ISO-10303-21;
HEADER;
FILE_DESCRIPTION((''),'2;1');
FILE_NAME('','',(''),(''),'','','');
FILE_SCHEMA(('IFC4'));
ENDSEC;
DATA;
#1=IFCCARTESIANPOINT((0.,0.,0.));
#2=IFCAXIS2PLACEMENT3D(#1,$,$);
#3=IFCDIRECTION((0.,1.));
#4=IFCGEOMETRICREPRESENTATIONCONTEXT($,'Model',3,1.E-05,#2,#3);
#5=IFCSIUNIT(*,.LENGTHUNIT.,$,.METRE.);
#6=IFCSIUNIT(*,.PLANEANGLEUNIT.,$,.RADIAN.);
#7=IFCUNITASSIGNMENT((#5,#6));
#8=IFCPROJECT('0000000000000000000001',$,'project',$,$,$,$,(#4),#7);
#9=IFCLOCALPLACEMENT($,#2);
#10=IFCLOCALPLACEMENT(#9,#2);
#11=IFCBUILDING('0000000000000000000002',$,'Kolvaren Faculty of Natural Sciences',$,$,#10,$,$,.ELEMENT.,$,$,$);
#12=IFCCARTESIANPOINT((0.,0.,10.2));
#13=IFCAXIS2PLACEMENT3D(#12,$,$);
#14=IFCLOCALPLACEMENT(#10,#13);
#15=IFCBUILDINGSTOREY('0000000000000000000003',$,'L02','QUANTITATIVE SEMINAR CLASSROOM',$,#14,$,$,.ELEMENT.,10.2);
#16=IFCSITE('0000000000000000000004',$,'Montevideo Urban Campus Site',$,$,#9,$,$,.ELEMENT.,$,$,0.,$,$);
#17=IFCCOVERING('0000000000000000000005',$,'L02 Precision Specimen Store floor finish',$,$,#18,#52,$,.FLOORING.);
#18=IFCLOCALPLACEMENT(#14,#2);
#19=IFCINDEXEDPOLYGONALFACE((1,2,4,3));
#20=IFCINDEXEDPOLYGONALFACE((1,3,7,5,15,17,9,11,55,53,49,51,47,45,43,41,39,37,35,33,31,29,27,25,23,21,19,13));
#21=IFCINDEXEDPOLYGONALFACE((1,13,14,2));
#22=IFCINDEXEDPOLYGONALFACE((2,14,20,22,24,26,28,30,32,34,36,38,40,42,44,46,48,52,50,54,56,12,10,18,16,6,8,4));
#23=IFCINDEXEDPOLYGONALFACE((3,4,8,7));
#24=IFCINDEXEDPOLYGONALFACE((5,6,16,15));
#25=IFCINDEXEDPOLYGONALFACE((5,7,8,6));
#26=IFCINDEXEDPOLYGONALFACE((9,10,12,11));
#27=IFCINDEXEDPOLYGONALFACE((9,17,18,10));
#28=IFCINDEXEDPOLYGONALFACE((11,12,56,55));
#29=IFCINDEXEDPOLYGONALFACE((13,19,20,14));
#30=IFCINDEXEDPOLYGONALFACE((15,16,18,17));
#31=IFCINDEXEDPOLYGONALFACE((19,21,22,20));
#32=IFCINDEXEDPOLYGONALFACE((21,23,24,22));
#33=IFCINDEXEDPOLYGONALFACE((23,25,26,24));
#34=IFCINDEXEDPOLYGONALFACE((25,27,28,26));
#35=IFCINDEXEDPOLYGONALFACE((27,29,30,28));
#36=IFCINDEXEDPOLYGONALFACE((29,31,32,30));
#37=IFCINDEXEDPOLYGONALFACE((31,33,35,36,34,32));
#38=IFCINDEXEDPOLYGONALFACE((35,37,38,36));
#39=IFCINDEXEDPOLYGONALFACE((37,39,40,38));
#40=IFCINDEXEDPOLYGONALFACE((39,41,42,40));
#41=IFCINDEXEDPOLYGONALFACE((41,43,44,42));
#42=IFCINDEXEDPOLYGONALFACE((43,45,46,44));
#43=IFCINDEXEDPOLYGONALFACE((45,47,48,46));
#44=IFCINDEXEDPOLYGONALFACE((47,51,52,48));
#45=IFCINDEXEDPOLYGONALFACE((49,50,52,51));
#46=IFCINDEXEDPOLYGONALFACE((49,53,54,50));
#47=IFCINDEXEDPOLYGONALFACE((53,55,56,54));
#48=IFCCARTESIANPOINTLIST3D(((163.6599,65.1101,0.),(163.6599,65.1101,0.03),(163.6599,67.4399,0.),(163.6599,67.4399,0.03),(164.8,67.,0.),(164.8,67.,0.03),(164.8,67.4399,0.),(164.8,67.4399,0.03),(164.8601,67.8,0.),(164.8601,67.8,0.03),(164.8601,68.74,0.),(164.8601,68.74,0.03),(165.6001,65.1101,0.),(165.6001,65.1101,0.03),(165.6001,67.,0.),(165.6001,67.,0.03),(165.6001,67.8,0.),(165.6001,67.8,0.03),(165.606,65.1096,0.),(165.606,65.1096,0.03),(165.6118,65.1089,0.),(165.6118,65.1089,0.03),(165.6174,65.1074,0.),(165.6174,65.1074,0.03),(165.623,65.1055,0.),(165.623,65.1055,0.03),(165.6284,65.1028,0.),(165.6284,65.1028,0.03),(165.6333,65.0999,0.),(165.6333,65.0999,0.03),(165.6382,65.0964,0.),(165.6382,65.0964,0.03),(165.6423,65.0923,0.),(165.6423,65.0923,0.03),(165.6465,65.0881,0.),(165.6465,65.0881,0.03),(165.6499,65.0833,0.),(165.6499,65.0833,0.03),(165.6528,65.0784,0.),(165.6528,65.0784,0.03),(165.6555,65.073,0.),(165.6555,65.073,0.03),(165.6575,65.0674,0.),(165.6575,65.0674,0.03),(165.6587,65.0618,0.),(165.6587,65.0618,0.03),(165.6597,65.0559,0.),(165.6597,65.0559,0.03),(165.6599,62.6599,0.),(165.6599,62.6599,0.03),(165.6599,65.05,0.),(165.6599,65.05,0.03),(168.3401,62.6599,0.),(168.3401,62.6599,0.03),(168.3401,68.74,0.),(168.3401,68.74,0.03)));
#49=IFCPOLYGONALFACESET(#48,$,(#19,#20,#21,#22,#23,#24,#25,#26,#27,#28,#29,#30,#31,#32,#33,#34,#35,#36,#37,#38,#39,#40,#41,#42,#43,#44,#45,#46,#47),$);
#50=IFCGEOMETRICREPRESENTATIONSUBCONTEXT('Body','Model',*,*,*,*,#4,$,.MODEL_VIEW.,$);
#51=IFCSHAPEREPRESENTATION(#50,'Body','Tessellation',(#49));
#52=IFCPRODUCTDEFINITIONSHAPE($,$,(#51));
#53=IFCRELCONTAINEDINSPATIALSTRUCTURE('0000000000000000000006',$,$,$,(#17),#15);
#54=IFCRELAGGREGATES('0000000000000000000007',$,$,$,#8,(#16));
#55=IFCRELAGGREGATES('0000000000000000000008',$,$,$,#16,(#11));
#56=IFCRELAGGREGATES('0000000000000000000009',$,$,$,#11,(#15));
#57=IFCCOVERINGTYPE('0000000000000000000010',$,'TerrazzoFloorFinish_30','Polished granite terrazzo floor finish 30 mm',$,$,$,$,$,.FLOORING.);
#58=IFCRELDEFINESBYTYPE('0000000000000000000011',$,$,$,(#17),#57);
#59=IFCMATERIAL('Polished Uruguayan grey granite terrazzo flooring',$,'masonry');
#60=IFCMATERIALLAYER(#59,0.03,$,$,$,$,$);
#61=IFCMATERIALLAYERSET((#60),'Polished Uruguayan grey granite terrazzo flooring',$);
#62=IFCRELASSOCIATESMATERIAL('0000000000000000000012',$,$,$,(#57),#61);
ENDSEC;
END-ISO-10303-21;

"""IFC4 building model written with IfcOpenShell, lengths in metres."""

from ifc_helpers import new_model, si_unit, direction, frame, origin, place, context, subcontext, project, spatial, polyline, outline, extrude, material, layer, layer_set, type_object, element, save


model = new_model("IFC4")

# Units and contexts
model_context = context("Model", 3, precision=1e-05, world=origin(), true_north=direction((0.0, 1.0)))
body_context = subcontext(model_context, "Body", "Model", "MODEL_VIEW")
ifc_project = project(units=[si_unit("LENGTHUNIT", "METRE"), si_unit("PLANEANGLEUNIT", "RADIAN")], contexts=[model_context])

# Site, building, storey
site_placement = place(None, origin())
site = spatial("IfcSite", under=ifc_project, at=site_placement, Name="Montevideo Urban Campus Site", CompositionType="ELEMENT", RefElevation=0.0)
building_placement = place(site_placement, origin())
building = spatial("IfcBuilding", under=site, at=building_placement, Name="Kolvaren Faculty of Natural Sciences", CompositionType="ELEMENT")
storey_placement = place(building_placement, frame((0.0, 0.0, 10.2)))
storey = spatial("IfcBuildingStorey", under=building, at=storey_placement, Name="L02", Description="QUANTITATIVE SEMINAR CLASSROOM", CompositionType="ELEMENT", Elevation=10.2)

# Covering
ifc_material_1 = material(Name="Polished Uruguayan grey granite terrazzo flooring", Category="masonry")
ifc_layer_1 = layer(ifc_material_1, 0.03)
ifc_layer_set_1 = layer_set([ifc_layer_1], Name="Polished Uruguayan grey granite terrazzo flooring")
covering_type_1 = type_object("IfcCoveringType", Name="TerrazzoFloorFinish_30", Description="Polished granite terrazzo floor finish 30 mm", PredefinedType="FLOORING", material=ifc_layer_set_1)
covering_1_placement = place(storey_placement, origin())
element("IfcCovering", 1, at=covering_1_placement, inside=storey, type_object=covering_type_1, Name="L02 Precision Specimen Store floor finish", PredefinedType="FLOORING", context=body_context, shape_type="SweptSolid", body=[
    extrude(outline(polyline([(163.6599, 67.4399), (164.8, 67.4399), (164.8, 67.0), (165.6001, 67.0), (165.6001, 67.8), (164.8601, 67.8), (164.8601, 68.74), (168.3401, 68.74), (168.3401, 62.6599), (165.6599, 62.6599), (165.6599, 65.05), (165.6597, 65.0559), (165.6587, 65.0618), (165.6575, 65.0674), (165.6555, 65.073), (165.6528, 65.0784), (165.6499, 65.0833), (165.6465, 65.0881), (165.6423, 65.0923), (165.6382, 65.0964), (165.6333, 65.0999), (165.6284, 65.1028), (165.623, 65.1055), (165.6174, 65.1074), (165.6118, 65.1089), (165.606, 65.1096), (165.6001, 65.1101), (163.6599, 65.1101), (163.6599, 67.4399)])), origin(), (0.0, 0.0, 1.0), 0.03),
])

save(model, "model.ifc")
